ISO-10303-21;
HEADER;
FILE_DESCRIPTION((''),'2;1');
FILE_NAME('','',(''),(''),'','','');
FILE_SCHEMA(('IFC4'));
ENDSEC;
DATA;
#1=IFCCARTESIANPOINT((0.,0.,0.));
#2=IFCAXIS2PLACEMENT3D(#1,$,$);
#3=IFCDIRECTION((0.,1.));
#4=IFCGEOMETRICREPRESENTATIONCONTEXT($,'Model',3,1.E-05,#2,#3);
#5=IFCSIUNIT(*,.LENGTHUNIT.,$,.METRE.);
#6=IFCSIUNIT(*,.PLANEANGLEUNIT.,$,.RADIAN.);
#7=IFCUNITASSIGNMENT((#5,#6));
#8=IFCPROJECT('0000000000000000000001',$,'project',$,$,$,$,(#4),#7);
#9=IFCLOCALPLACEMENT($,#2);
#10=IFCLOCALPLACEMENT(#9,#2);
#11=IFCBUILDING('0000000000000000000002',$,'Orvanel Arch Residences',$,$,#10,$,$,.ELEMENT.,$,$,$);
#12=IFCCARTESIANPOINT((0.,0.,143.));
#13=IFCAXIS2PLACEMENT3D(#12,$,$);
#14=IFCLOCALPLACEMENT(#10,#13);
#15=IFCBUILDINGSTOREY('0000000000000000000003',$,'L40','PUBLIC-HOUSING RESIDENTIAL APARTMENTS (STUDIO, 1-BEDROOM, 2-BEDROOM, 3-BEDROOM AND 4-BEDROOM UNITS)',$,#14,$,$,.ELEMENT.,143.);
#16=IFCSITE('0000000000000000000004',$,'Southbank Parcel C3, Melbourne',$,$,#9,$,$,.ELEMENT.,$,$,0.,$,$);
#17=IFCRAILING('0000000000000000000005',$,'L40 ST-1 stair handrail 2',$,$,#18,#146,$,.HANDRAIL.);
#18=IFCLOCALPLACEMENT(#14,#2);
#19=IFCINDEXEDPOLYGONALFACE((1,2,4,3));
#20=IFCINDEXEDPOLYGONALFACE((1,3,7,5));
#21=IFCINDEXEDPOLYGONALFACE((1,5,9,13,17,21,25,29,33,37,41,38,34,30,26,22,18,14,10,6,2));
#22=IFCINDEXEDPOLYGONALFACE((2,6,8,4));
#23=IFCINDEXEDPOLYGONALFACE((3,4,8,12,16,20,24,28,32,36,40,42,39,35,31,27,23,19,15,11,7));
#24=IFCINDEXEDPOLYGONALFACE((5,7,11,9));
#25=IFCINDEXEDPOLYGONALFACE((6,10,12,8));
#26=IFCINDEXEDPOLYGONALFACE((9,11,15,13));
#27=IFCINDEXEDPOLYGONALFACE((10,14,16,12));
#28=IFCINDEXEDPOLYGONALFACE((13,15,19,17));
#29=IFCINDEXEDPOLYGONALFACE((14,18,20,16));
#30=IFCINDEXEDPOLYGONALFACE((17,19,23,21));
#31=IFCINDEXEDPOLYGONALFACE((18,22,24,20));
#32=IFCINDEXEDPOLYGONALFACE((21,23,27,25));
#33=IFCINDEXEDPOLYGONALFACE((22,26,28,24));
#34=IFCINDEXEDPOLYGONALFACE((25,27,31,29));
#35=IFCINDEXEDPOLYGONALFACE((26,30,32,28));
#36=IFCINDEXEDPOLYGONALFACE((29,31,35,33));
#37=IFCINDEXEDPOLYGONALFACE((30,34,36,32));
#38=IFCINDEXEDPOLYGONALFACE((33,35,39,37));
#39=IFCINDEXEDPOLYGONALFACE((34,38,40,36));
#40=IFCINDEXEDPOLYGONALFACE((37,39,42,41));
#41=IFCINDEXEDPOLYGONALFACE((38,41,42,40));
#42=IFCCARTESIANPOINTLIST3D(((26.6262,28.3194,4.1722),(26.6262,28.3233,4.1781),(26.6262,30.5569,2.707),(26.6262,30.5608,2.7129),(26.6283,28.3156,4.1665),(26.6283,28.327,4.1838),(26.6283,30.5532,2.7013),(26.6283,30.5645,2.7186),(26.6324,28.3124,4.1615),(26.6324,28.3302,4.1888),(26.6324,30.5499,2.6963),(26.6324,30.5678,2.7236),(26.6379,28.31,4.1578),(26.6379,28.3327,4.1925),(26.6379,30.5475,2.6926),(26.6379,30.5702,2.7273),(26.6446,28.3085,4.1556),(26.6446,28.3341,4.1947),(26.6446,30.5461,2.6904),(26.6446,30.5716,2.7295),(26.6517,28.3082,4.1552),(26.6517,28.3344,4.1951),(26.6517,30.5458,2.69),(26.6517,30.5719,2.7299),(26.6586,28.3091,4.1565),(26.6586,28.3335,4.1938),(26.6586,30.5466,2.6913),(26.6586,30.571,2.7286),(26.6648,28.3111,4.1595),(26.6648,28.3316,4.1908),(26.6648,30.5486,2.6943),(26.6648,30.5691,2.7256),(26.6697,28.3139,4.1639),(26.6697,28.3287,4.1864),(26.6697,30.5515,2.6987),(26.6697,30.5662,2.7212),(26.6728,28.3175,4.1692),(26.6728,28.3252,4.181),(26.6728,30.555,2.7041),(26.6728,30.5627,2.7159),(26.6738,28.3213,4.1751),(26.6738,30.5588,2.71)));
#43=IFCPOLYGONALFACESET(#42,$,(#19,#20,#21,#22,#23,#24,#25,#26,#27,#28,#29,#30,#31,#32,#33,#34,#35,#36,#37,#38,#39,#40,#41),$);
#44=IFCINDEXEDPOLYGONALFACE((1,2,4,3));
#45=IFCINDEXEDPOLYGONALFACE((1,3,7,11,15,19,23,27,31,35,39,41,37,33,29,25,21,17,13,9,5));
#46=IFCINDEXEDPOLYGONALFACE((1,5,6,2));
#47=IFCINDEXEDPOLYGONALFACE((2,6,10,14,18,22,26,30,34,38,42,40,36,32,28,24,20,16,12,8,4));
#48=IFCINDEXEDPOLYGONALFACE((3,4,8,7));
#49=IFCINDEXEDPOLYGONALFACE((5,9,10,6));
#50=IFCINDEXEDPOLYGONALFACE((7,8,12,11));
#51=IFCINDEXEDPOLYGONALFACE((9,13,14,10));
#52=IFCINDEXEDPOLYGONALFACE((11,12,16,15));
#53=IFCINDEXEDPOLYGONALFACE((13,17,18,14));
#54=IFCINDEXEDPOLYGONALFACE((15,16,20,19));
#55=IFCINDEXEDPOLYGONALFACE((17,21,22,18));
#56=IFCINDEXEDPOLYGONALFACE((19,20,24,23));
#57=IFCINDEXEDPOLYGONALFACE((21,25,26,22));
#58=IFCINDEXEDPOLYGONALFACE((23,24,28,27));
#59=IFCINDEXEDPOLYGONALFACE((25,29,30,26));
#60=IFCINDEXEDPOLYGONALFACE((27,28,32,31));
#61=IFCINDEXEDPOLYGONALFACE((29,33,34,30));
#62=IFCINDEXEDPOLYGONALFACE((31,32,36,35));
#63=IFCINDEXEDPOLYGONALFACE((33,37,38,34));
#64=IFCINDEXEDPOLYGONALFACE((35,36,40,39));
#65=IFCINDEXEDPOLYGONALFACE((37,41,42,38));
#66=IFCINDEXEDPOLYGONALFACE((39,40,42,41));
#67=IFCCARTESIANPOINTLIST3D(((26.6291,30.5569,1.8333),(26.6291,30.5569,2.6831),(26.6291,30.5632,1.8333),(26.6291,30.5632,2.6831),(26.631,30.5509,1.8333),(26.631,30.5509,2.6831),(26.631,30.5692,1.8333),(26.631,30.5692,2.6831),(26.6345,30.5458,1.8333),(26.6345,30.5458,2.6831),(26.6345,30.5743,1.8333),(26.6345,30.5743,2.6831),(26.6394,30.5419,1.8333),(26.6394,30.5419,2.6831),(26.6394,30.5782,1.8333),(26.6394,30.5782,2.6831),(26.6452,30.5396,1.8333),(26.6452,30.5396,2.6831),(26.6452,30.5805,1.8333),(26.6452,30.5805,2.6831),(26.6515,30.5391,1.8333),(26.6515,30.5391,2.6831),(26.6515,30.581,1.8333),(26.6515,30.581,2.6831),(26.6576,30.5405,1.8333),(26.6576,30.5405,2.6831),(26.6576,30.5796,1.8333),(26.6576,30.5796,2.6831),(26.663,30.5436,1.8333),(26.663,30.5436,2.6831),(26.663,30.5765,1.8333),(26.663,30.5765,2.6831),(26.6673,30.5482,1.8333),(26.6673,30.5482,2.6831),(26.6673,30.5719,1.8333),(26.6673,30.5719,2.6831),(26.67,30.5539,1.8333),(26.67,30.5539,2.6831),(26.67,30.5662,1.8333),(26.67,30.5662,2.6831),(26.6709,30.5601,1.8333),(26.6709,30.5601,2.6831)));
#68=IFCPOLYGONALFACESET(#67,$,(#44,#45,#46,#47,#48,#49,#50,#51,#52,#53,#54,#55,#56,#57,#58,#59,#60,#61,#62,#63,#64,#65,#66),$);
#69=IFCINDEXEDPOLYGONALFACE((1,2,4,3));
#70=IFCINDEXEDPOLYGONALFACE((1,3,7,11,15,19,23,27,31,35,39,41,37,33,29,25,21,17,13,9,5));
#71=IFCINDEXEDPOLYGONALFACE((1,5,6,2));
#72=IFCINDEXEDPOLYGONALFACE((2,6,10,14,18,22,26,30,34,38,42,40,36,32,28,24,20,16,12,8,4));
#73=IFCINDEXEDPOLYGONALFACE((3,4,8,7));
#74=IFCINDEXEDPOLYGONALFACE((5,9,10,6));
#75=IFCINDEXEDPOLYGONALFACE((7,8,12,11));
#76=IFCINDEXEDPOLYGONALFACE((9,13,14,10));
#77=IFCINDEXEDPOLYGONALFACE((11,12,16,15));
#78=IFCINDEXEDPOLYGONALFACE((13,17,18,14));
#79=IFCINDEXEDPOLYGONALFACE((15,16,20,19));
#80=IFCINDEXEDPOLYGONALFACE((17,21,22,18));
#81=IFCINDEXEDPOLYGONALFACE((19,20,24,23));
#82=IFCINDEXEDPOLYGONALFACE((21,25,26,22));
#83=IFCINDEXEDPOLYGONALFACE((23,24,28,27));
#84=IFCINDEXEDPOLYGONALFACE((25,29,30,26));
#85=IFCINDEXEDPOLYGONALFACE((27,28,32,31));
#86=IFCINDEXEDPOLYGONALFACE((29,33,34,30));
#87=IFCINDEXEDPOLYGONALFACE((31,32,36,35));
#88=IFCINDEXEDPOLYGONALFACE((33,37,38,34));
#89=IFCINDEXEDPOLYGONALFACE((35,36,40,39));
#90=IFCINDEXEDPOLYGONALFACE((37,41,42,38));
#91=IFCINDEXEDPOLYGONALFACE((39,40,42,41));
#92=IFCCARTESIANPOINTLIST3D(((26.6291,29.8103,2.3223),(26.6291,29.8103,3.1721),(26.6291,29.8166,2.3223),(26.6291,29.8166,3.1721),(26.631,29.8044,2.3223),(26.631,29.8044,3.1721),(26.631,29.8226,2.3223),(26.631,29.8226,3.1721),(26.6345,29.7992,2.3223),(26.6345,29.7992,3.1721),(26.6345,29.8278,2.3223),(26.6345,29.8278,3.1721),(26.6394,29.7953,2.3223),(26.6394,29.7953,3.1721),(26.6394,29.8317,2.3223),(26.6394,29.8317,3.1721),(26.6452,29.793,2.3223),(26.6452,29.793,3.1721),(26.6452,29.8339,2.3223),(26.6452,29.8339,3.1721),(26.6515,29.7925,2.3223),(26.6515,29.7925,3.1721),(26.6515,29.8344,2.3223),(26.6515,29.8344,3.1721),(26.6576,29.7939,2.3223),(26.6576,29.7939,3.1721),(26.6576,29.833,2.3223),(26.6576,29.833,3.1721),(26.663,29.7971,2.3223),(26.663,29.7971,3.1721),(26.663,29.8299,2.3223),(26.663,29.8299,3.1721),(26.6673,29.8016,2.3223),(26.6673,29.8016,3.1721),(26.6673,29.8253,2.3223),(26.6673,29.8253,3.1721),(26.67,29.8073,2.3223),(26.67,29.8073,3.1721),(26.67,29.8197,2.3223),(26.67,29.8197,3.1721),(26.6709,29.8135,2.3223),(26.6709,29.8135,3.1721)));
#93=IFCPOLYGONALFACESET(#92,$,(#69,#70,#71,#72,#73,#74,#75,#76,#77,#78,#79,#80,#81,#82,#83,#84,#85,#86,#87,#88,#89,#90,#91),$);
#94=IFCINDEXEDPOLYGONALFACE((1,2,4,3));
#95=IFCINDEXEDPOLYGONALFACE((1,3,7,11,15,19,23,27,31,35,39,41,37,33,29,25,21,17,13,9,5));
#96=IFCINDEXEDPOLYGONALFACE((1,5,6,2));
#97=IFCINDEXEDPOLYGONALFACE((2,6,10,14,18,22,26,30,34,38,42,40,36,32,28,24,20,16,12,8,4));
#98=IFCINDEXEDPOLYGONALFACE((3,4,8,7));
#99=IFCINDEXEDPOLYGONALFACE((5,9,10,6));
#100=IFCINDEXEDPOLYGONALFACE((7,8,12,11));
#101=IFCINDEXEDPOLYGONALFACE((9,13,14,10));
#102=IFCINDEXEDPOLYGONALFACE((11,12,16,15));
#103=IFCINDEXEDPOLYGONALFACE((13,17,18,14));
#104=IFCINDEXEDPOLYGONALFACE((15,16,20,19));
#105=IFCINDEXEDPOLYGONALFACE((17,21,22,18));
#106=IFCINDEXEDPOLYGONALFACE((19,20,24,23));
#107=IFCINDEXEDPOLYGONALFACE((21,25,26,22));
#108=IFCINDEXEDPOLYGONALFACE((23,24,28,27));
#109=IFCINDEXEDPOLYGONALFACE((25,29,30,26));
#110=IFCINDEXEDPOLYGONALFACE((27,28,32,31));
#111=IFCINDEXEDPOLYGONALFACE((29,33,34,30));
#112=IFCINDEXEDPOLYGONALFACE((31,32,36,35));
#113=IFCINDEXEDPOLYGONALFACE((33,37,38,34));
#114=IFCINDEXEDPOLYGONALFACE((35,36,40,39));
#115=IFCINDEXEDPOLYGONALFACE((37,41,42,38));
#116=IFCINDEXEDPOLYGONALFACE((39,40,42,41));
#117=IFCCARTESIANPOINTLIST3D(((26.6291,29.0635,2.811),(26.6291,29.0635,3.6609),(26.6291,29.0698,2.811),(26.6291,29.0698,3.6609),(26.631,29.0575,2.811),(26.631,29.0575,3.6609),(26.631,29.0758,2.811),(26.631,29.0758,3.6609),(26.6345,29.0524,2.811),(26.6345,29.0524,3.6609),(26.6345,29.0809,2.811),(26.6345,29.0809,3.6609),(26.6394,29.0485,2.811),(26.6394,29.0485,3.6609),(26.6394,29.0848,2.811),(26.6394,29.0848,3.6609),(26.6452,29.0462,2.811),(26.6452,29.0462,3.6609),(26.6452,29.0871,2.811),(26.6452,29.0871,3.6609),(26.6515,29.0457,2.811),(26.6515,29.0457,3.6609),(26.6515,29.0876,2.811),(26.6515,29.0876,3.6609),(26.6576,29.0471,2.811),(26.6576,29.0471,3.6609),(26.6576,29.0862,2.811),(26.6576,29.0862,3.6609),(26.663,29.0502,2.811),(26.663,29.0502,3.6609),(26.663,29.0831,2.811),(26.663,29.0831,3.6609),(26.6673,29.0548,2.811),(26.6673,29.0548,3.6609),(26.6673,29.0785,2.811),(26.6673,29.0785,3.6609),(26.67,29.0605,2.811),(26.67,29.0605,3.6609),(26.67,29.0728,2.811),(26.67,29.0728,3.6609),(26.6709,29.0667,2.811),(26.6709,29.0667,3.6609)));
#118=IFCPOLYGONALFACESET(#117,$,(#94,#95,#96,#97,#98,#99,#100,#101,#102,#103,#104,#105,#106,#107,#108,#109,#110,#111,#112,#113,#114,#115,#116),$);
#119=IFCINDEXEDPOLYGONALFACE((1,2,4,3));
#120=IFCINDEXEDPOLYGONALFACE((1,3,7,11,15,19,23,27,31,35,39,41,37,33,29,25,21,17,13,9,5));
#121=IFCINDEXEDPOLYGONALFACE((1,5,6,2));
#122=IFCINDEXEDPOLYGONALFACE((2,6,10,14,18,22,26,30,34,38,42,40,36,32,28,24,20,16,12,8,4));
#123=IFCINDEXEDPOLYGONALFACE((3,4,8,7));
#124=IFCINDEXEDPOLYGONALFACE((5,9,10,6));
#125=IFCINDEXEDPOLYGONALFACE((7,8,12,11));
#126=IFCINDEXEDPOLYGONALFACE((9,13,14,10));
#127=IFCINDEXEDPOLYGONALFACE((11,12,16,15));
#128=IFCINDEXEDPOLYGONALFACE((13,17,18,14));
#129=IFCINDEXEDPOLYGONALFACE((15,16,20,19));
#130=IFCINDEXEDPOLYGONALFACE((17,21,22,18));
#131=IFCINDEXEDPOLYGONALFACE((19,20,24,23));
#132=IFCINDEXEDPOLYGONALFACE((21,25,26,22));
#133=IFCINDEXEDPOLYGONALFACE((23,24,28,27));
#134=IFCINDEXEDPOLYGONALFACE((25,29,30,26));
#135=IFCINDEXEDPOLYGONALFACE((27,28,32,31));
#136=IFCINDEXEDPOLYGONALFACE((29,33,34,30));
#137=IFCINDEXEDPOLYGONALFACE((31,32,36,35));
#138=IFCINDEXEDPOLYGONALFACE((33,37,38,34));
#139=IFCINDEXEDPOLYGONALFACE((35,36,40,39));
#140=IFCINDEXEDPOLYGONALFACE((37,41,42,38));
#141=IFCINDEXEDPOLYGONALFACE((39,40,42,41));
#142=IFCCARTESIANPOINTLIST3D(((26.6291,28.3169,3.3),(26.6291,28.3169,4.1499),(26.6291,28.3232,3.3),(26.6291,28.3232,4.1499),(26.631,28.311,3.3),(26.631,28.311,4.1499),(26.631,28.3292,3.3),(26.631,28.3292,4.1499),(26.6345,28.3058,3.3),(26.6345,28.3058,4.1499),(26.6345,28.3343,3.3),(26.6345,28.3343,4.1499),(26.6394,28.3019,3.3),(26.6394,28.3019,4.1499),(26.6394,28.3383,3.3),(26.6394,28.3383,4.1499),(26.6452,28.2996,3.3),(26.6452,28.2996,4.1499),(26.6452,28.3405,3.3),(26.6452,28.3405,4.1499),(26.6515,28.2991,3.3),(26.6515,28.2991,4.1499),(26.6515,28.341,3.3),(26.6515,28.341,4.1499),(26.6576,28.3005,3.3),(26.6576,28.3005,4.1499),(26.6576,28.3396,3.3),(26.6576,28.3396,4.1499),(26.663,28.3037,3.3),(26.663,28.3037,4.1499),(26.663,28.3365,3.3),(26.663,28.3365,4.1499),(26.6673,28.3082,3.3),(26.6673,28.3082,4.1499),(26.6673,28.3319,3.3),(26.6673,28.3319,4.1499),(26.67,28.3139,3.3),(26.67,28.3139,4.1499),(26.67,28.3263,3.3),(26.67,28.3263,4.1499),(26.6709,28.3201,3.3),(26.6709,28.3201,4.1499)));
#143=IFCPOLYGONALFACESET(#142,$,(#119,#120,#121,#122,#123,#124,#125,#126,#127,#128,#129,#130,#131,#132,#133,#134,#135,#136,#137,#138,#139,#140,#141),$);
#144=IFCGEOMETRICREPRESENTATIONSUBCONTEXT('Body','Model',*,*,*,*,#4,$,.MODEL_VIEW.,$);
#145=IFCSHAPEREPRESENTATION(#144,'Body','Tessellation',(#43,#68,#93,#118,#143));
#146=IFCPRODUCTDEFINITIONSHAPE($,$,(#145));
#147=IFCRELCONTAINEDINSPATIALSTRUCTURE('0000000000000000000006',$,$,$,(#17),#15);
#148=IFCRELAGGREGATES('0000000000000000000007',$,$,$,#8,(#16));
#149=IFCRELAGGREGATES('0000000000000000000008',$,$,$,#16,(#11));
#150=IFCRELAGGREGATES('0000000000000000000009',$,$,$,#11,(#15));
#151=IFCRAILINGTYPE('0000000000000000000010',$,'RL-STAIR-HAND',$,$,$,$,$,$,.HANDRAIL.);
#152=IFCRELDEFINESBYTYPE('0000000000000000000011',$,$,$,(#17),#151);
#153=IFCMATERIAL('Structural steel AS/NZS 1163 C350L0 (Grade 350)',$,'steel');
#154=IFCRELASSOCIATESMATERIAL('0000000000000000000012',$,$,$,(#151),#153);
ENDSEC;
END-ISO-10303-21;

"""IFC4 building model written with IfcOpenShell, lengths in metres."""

from ifc_helpers import new_model, si_unit, direction, frame, origin, origin_2d, place, context, subcontext, project, spatial, circle, extrude, material, type_object, element, save


model = new_model("IFC4")

# Units and contexts
model_context = context("Model", 3, precision=1e-05, world=origin(), true_north=direction((0.0, 1.0)))
body_context = subcontext(model_context, "Body", "Model", "MODEL_VIEW")
ifc_project = project(units=[si_unit("LENGTHUNIT", "METRE"), si_unit("PLANEANGLEUNIT", "RADIAN")], contexts=[model_context])

# Site, building, storey
site_placement = place(None, origin())
site = spatial("IfcSite", under=ifc_project, at=site_placement, Name="Southbank Parcel C3, Melbourne", CompositionType="ELEMENT", RefElevation=0.0)
building_placement = place(site_placement, origin())
building = spatial("IfcBuilding", under=site, at=building_placement, Name="Orvanel Arch Residences", CompositionType="ELEMENT")
storey_placement = place(building_placement, frame((0.0, 0.0, 143.0)))
storey = spatial("IfcBuildingStorey", under=building, at=storey_placement, Name="L40", Description="PUBLIC-HOUSING RESIDENTIAL APARTMENTS (STUDIO, 1-BEDROOM, 2-BEDROOM, 3-BEDROOM AND 4-BEDROOM UNITS)", CompositionType="ELEMENT", Elevation=143.0)

# Railing
ifc_material_1 = material(Name="Structural steel AS/NZS 1163 C350L0 (Grade 350)", Category="steel")
railing_type_1 = type_object("IfcRailingType", Name="RL-STAIR-HAND", PredefinedType="HANDRAIL", material=ifc_material_1)
railing_1_placement = place(storey_placement, frame((26.6499, 30.5601, 1.8333)))
element("IfcRailing", 1, at=railing_1_placement, inside=storey, type_object=railing_type_1, Name="L40 ST-1 stair handrail 2", PredefinedType="HANDRAIL", context=body_context, shape_type="SweptSolid", body=[
    extrude(circle(Radius=0.0239, at=origin_2d()), frame((0.0, -0.0012, 0.8767), z_axis=(0.0, -0.836595, 0.547822), x_axis=(1.0, 0.0, 0.0)), (0.0, 0.0, 1.0), 2.6746),
    extrude(circle(Radius=0.021, at=origin_2d()), origin(), (0.0, 0.0, 1.0), 0.8499),
    extrude(circle(Radius=0.021, at=origin_2d()), frame((0.0, -0.7466, 0.489)), (0.0, 0.0, 1.0), 0.8499),
    extrude(circle(Radius=0.021, at=origin_2d()), frame((0.0, -1.4934, 0.9778)), (0.0, 0.0, 1.0), 0.8499),
    extrude(circle(Radius=0.021, at=origin_2d()), frame((0.0, -2.24, 1.4668)), (0.0, 0.0, 1.0), 0.8499),
])

save(model, "model.ifc")
